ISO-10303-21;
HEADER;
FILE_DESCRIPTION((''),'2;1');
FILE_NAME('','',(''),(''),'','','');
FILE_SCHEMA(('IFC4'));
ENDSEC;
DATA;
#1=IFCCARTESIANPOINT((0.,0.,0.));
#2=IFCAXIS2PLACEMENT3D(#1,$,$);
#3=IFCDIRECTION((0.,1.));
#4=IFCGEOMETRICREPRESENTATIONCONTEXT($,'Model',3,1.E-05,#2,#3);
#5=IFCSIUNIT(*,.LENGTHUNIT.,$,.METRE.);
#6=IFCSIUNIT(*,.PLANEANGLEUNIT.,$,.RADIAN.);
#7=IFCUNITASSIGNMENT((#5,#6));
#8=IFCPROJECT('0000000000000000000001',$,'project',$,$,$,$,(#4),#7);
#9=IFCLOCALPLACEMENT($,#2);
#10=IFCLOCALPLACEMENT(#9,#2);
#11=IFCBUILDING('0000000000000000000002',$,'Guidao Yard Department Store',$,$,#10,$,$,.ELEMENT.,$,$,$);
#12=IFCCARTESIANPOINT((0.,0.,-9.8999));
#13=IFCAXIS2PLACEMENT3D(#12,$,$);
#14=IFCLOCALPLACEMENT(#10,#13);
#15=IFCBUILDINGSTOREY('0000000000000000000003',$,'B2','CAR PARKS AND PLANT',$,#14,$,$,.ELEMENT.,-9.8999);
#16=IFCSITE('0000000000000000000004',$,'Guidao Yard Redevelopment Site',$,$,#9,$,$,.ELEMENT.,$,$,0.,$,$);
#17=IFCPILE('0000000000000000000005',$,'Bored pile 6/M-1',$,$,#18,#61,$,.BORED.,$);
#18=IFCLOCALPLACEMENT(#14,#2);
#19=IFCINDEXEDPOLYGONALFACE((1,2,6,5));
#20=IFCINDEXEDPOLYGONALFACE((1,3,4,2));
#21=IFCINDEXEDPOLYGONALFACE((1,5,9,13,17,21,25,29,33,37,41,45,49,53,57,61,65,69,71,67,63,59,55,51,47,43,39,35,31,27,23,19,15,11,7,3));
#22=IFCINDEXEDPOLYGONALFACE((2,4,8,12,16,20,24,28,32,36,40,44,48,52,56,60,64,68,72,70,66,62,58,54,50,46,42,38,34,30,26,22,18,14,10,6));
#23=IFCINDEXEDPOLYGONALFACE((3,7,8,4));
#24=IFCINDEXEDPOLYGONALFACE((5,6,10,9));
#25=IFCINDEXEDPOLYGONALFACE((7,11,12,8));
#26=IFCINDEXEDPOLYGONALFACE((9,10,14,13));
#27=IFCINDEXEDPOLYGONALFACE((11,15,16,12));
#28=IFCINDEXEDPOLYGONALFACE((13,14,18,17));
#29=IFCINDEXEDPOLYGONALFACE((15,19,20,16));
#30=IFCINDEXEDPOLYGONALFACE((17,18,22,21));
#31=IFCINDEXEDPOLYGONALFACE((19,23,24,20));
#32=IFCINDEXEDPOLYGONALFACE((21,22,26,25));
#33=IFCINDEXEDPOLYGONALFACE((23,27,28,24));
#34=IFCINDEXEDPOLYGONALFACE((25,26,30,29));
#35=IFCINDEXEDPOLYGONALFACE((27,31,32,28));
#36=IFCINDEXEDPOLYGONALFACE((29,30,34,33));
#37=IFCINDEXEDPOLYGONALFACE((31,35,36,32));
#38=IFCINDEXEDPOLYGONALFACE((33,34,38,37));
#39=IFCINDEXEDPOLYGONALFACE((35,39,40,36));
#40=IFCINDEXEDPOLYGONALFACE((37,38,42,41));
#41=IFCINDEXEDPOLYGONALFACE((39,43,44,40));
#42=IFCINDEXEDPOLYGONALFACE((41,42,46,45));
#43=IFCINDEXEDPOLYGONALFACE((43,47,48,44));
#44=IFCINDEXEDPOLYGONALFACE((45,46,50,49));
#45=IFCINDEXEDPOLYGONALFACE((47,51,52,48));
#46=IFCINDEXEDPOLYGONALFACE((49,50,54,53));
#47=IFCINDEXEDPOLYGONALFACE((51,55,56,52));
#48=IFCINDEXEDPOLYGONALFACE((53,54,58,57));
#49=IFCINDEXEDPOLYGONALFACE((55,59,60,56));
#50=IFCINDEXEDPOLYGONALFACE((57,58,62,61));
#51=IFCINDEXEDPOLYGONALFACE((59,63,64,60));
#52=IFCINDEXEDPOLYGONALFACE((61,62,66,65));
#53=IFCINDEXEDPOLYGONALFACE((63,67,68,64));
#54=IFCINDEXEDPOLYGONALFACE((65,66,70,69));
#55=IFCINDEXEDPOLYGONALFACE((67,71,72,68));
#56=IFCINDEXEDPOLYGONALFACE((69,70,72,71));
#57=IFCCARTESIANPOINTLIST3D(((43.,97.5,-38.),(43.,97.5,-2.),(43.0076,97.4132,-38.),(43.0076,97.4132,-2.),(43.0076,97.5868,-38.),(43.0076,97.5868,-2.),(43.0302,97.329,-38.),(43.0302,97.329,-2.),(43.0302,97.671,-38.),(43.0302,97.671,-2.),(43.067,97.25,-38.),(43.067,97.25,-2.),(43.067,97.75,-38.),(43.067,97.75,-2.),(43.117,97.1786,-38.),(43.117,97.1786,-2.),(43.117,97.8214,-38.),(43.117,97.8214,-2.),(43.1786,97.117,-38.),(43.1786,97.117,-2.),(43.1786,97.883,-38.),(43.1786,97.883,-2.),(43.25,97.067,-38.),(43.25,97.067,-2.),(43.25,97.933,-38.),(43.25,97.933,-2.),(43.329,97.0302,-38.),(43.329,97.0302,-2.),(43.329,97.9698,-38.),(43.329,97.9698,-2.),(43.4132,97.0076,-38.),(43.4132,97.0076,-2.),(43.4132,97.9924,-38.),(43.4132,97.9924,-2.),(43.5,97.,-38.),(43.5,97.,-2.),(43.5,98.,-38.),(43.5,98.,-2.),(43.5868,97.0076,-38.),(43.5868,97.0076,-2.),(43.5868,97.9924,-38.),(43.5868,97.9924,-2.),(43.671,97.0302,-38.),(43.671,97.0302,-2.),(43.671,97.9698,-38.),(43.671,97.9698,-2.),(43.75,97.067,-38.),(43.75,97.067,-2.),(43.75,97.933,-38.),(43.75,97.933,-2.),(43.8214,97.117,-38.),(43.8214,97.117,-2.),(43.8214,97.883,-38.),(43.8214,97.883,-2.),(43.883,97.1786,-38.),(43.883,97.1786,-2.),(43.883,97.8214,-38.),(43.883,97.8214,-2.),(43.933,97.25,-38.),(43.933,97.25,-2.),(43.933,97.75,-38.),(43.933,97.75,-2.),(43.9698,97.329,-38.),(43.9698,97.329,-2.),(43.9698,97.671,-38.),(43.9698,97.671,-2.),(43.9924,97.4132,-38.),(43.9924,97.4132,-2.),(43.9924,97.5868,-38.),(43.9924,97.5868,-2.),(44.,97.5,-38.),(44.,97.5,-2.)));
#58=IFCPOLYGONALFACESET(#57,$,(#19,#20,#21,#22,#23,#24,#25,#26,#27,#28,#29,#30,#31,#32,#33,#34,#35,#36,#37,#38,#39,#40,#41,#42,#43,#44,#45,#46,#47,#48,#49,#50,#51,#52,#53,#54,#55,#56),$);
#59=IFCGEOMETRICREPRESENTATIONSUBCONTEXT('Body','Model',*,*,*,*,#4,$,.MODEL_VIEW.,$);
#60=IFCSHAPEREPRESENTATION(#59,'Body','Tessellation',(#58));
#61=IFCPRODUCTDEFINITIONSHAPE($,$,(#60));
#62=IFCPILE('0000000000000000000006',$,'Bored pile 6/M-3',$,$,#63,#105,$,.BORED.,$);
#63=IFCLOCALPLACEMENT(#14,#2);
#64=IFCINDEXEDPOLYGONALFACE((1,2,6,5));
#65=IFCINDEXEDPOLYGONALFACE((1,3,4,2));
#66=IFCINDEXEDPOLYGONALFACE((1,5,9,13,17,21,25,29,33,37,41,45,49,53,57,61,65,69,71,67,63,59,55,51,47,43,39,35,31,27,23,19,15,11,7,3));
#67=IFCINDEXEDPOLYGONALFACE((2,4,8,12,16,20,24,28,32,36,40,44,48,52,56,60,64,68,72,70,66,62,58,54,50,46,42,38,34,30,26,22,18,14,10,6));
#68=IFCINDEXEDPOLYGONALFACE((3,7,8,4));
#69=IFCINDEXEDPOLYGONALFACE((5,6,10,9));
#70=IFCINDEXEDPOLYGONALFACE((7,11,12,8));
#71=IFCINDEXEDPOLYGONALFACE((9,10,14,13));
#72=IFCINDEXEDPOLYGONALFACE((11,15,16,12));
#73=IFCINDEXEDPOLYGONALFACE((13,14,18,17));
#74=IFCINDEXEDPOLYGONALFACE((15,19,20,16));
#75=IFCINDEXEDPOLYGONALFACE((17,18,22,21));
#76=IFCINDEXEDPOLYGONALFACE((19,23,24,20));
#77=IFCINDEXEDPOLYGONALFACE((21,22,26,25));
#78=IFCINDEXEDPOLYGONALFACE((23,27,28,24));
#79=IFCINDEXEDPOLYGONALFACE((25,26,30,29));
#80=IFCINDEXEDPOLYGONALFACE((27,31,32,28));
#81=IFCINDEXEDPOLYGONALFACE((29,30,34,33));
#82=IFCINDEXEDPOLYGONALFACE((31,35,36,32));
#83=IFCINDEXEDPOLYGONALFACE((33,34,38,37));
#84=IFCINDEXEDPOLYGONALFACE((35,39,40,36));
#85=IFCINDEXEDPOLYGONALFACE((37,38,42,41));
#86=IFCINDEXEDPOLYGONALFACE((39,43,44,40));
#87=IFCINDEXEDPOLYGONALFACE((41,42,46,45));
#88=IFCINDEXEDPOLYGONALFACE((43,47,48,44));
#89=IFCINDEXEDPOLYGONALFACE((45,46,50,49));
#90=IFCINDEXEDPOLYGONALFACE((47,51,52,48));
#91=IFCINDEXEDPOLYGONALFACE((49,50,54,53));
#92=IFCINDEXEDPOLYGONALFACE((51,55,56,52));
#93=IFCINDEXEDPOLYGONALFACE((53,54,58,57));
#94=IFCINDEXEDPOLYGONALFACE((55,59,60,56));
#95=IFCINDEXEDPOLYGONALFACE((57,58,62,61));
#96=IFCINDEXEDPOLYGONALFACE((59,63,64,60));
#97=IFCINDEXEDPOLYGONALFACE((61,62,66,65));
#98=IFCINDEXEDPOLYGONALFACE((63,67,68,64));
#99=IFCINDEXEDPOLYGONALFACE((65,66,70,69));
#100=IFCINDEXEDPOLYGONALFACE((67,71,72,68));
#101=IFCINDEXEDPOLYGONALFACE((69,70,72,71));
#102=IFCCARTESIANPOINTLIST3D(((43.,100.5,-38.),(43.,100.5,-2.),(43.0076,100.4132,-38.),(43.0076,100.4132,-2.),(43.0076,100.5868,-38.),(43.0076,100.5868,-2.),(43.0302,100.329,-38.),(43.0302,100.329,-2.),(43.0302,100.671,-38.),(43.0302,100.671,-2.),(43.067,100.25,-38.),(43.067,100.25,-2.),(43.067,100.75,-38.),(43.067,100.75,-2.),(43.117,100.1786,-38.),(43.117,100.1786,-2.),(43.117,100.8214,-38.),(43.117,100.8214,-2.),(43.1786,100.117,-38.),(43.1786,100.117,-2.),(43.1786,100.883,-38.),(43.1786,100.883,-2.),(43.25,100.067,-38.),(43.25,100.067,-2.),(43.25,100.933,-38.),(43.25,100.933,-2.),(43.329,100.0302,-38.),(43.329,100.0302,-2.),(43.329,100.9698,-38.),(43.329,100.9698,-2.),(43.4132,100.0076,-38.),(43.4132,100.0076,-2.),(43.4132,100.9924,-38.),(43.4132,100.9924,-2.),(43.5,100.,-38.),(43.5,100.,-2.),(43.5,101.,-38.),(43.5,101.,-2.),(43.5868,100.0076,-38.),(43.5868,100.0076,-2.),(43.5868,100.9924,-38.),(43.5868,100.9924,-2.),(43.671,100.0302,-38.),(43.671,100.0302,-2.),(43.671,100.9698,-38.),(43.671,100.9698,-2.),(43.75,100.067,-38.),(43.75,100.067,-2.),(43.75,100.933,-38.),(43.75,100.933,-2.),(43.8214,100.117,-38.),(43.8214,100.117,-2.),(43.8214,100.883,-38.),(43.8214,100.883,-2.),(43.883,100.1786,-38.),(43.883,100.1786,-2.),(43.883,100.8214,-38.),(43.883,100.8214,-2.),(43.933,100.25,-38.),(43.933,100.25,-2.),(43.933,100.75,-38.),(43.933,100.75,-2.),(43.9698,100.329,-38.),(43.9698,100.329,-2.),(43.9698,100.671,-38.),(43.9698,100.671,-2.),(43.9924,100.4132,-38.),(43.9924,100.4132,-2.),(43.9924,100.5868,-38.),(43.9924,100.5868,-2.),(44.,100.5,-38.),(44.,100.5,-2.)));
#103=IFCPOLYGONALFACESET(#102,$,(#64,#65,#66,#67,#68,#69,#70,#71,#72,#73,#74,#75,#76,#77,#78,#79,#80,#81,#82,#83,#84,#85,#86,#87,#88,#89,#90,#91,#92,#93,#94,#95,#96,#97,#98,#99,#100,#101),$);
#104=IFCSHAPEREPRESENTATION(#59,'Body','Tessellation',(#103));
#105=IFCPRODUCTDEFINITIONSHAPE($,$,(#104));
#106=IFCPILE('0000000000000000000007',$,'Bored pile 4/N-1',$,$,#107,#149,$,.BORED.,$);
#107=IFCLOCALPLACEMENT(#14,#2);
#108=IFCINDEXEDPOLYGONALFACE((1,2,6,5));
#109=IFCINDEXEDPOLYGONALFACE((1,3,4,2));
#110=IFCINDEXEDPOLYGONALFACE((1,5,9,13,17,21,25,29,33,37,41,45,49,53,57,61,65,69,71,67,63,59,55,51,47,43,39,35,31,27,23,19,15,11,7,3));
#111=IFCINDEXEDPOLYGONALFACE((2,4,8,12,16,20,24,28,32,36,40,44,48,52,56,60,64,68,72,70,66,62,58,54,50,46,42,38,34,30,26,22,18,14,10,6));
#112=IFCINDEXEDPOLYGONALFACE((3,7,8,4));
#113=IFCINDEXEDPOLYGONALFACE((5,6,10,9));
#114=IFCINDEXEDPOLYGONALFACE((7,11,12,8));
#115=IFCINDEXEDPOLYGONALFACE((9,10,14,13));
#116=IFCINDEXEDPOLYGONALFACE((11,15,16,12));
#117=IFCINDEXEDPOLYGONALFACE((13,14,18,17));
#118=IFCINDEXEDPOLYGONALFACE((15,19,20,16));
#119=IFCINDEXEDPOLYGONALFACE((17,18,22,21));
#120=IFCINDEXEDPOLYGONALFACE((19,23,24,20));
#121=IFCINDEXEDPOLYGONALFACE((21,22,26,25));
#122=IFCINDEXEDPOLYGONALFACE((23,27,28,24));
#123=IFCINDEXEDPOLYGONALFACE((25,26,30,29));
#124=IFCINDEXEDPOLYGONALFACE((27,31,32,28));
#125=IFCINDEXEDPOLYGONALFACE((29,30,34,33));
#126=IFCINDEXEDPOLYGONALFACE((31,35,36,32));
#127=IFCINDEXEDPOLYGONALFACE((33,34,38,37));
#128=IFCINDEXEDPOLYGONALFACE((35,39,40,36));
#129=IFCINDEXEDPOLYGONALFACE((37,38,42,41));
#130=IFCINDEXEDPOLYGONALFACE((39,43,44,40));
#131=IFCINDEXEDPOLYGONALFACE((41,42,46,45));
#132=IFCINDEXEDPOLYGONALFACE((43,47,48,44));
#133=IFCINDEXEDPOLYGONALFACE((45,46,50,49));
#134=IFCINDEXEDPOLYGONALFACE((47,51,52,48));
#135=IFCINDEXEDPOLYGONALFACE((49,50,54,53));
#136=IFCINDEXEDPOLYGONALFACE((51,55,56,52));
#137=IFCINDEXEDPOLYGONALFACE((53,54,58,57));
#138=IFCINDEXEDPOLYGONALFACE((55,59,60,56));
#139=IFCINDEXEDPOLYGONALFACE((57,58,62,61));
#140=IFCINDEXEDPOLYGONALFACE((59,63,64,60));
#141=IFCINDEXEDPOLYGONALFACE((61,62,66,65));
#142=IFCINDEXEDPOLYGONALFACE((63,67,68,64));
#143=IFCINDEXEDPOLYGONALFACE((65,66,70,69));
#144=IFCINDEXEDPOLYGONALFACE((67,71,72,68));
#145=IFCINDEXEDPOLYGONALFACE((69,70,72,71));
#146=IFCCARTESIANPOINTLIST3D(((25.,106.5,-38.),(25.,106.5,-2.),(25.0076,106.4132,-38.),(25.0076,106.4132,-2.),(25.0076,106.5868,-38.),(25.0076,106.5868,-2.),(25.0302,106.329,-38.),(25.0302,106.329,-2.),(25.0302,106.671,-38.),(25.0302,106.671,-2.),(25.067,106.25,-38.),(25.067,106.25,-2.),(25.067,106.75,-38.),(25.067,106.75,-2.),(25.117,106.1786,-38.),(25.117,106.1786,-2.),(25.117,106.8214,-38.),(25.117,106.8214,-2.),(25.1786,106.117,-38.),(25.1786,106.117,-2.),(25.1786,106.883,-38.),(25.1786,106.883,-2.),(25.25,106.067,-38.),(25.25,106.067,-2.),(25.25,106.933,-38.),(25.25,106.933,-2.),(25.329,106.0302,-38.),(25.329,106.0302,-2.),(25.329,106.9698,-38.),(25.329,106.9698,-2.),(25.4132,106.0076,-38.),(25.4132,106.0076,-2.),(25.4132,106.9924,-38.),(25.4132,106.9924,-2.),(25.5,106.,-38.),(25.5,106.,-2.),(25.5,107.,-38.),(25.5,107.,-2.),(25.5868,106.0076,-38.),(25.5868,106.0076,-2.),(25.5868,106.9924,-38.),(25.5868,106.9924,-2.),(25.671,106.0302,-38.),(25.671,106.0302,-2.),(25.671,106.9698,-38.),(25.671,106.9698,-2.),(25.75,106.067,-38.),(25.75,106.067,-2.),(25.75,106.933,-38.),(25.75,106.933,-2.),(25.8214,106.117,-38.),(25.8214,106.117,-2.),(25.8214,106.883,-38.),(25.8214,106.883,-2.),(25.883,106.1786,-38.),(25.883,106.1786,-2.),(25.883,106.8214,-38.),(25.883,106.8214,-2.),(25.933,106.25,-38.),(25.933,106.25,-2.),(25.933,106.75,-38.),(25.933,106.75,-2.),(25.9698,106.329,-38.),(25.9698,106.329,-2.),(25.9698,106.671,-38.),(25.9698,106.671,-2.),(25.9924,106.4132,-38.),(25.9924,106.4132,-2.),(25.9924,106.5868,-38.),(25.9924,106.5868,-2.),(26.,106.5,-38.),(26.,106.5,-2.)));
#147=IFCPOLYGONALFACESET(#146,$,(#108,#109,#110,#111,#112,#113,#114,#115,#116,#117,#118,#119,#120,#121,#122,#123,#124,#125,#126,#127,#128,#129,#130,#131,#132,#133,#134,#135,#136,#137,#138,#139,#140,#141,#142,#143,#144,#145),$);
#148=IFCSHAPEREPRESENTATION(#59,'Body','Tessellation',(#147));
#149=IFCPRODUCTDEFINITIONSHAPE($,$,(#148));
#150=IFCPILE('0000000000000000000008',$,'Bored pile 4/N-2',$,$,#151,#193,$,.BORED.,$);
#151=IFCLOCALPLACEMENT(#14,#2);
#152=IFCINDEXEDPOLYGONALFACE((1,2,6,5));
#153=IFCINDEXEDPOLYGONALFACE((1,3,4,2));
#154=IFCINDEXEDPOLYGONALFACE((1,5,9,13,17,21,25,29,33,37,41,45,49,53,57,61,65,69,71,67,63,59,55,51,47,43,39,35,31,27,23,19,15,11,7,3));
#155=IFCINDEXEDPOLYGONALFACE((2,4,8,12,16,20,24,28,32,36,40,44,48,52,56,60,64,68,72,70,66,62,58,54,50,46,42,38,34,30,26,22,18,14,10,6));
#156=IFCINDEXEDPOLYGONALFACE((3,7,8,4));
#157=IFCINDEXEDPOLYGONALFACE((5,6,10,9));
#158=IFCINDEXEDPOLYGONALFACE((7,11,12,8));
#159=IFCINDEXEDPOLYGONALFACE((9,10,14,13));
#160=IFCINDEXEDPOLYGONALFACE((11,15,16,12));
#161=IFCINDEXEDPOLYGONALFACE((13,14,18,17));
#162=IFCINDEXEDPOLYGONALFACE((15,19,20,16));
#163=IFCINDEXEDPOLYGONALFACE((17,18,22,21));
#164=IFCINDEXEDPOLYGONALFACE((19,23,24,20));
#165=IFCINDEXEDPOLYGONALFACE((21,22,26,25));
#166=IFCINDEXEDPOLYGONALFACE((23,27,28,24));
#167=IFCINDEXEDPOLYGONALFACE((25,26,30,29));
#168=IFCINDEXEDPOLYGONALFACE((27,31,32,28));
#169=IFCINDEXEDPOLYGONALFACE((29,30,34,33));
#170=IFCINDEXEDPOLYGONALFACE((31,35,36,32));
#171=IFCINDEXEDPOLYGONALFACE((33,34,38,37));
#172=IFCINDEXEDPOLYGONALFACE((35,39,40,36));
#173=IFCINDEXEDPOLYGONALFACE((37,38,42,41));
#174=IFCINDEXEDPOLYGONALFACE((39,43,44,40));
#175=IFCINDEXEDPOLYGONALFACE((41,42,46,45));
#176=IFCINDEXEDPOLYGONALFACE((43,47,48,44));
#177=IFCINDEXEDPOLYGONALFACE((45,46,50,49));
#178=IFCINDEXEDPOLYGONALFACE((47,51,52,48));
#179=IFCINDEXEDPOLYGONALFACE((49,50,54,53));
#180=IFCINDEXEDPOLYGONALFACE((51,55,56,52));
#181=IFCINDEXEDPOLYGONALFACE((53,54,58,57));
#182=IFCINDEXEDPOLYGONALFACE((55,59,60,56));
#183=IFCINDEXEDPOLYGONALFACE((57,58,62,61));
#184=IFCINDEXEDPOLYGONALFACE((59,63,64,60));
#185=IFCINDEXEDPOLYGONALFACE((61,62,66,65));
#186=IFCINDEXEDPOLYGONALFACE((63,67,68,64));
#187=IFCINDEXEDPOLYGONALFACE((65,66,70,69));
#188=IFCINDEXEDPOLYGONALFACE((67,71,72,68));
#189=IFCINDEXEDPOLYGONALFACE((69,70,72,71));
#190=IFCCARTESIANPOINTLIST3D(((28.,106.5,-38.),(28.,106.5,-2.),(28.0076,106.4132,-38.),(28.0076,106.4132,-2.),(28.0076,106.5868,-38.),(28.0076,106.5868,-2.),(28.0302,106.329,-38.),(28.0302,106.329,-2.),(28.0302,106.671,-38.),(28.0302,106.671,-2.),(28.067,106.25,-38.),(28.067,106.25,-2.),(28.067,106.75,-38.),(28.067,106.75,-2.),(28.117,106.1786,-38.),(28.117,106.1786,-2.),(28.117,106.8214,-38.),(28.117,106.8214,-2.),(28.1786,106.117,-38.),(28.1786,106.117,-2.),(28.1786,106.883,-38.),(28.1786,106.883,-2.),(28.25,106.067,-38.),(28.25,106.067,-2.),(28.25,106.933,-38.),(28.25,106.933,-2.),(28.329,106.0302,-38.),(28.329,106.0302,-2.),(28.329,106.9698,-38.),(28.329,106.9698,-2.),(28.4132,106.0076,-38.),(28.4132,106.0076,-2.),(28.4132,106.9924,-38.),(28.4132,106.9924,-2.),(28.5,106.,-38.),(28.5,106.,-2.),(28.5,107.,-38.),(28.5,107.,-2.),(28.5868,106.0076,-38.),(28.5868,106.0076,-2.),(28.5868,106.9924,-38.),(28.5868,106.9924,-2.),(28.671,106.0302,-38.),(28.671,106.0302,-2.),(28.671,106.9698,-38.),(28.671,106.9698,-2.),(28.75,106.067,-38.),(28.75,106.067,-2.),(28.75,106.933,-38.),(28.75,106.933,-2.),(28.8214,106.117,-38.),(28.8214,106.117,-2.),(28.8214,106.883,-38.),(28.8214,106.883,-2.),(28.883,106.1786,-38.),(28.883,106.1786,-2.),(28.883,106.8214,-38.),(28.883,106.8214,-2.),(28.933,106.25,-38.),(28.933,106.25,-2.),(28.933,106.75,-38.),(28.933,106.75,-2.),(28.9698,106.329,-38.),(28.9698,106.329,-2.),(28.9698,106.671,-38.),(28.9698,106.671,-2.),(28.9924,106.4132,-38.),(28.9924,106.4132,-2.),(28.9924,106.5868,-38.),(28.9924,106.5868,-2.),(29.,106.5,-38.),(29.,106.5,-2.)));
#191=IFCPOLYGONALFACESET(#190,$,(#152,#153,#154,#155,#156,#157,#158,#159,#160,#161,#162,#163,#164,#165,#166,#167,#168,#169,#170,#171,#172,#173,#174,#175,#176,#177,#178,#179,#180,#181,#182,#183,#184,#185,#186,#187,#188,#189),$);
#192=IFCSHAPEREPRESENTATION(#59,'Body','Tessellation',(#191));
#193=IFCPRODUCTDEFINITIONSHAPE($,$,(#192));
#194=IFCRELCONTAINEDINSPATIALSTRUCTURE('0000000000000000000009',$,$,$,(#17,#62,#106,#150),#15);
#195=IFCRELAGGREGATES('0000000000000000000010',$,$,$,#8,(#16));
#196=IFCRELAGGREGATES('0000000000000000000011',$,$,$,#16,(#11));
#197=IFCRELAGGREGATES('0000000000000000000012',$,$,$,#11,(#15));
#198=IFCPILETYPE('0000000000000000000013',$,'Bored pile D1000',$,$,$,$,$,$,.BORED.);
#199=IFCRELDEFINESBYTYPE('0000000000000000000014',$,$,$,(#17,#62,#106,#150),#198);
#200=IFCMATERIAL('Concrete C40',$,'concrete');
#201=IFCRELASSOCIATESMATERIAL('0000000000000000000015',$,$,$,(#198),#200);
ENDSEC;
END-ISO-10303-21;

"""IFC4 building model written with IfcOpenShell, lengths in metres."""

from ifc_helpers import new_model, si_unit, direction, frame, origin, origin_2d, place, context, subcontext, project, spatial, circle, extrude, material, material_profile, profile_set, type_object, element, save


model = new_model("IFC4")

# Units and contexts
model_context = context("Model", 3, precision=1e-05, world=origin(), true_north=direction((0.0, 1.0)))
body_context = subcontext(model_context, "Body", "Model", "MODEL_VIEW")
ifc_project = project(units=[si_unit("LENGTHUNIT", "METRE"), si_unit("PLANEANGLEUNIT", "RADIAN")], contexts=[model_context])

# Site, building, storey
site_placement = place(None, origin())
site = spatial("IfcSite", under=ifc_project, at=site_placement, Name="Guidao Yard Redevelopment Site", CompositionType="ELEMENT", RefElevation=0.0)
building_placement = place(site_placement, origin())
building = spatial("IfcBuilding", under=site, at=building_placement, Name="Guidao Yard Department Store", CompositionType="ELEMENT")
storey_placement = place(building_placement, frame((0.0, 0.0, -9.8999)))
storey = spatial("IfcBuildingStorey", under=building, at=storey_placement, Name="B2", Description="CAR PARKS AND PLANT", CompositionType="ELEMENT", Elevation=-9.8999)

# Piles
ifc_material_1 = material(Name="Concrete C40", Category="concrete")
ifc_material_profile_1 = material_profile(ifc_material_1, circle(Radius=0.5, at=origin_2d()), Name="Bored pile D1000")
ifc_profile_set_1 = profile_set([ifc_material_profile_1], Name="Concrete C40")
pile_type = type_object("IfcPileType", Name="Bored pile D1000", PredefinedType="BORED", material=ifc_profile_set_1)
for number, where, z_axis, x_axis, name in (
    (1, (43.5, 97.5, -2.0), (0.0, 0.0, -1.0), (1.0, 0.0, 0.0), "Bored pile 6/M-1"),
    (2, (43.5, 100.5, -2.0), (0.0, 0.0, -1.0), (1.0, 0.0, 0.0), "Bored pile 6/M-3"),
    (3, (25.5, 106.5, -2.0), (0.0, 0.0, -1.0), (1.0, 0.0, 0.0), "Bored pile 4/N-1"),
    (4, (28.5, 106.5, -2.0), (0.0, 0.0, -1.0), (1.0, 0.0, 0.0), "Bored pile 4/N-2"),
):
    element("IfcPile", number, at=place(storey_placement, frame(where, z_axis=z_axis, x_axis=x_axis)), inside=storey, type_object=pile_type, Name=name, PredefinedType="BORED", context=body_context, shape_type="SweptSolid", body=[
        extrude(circle(Radius=0.5, at=origin_2d()), origin(), (0.0, 0.0, 1.0), 36.0),
    ])

save(model, "model.ifc")
